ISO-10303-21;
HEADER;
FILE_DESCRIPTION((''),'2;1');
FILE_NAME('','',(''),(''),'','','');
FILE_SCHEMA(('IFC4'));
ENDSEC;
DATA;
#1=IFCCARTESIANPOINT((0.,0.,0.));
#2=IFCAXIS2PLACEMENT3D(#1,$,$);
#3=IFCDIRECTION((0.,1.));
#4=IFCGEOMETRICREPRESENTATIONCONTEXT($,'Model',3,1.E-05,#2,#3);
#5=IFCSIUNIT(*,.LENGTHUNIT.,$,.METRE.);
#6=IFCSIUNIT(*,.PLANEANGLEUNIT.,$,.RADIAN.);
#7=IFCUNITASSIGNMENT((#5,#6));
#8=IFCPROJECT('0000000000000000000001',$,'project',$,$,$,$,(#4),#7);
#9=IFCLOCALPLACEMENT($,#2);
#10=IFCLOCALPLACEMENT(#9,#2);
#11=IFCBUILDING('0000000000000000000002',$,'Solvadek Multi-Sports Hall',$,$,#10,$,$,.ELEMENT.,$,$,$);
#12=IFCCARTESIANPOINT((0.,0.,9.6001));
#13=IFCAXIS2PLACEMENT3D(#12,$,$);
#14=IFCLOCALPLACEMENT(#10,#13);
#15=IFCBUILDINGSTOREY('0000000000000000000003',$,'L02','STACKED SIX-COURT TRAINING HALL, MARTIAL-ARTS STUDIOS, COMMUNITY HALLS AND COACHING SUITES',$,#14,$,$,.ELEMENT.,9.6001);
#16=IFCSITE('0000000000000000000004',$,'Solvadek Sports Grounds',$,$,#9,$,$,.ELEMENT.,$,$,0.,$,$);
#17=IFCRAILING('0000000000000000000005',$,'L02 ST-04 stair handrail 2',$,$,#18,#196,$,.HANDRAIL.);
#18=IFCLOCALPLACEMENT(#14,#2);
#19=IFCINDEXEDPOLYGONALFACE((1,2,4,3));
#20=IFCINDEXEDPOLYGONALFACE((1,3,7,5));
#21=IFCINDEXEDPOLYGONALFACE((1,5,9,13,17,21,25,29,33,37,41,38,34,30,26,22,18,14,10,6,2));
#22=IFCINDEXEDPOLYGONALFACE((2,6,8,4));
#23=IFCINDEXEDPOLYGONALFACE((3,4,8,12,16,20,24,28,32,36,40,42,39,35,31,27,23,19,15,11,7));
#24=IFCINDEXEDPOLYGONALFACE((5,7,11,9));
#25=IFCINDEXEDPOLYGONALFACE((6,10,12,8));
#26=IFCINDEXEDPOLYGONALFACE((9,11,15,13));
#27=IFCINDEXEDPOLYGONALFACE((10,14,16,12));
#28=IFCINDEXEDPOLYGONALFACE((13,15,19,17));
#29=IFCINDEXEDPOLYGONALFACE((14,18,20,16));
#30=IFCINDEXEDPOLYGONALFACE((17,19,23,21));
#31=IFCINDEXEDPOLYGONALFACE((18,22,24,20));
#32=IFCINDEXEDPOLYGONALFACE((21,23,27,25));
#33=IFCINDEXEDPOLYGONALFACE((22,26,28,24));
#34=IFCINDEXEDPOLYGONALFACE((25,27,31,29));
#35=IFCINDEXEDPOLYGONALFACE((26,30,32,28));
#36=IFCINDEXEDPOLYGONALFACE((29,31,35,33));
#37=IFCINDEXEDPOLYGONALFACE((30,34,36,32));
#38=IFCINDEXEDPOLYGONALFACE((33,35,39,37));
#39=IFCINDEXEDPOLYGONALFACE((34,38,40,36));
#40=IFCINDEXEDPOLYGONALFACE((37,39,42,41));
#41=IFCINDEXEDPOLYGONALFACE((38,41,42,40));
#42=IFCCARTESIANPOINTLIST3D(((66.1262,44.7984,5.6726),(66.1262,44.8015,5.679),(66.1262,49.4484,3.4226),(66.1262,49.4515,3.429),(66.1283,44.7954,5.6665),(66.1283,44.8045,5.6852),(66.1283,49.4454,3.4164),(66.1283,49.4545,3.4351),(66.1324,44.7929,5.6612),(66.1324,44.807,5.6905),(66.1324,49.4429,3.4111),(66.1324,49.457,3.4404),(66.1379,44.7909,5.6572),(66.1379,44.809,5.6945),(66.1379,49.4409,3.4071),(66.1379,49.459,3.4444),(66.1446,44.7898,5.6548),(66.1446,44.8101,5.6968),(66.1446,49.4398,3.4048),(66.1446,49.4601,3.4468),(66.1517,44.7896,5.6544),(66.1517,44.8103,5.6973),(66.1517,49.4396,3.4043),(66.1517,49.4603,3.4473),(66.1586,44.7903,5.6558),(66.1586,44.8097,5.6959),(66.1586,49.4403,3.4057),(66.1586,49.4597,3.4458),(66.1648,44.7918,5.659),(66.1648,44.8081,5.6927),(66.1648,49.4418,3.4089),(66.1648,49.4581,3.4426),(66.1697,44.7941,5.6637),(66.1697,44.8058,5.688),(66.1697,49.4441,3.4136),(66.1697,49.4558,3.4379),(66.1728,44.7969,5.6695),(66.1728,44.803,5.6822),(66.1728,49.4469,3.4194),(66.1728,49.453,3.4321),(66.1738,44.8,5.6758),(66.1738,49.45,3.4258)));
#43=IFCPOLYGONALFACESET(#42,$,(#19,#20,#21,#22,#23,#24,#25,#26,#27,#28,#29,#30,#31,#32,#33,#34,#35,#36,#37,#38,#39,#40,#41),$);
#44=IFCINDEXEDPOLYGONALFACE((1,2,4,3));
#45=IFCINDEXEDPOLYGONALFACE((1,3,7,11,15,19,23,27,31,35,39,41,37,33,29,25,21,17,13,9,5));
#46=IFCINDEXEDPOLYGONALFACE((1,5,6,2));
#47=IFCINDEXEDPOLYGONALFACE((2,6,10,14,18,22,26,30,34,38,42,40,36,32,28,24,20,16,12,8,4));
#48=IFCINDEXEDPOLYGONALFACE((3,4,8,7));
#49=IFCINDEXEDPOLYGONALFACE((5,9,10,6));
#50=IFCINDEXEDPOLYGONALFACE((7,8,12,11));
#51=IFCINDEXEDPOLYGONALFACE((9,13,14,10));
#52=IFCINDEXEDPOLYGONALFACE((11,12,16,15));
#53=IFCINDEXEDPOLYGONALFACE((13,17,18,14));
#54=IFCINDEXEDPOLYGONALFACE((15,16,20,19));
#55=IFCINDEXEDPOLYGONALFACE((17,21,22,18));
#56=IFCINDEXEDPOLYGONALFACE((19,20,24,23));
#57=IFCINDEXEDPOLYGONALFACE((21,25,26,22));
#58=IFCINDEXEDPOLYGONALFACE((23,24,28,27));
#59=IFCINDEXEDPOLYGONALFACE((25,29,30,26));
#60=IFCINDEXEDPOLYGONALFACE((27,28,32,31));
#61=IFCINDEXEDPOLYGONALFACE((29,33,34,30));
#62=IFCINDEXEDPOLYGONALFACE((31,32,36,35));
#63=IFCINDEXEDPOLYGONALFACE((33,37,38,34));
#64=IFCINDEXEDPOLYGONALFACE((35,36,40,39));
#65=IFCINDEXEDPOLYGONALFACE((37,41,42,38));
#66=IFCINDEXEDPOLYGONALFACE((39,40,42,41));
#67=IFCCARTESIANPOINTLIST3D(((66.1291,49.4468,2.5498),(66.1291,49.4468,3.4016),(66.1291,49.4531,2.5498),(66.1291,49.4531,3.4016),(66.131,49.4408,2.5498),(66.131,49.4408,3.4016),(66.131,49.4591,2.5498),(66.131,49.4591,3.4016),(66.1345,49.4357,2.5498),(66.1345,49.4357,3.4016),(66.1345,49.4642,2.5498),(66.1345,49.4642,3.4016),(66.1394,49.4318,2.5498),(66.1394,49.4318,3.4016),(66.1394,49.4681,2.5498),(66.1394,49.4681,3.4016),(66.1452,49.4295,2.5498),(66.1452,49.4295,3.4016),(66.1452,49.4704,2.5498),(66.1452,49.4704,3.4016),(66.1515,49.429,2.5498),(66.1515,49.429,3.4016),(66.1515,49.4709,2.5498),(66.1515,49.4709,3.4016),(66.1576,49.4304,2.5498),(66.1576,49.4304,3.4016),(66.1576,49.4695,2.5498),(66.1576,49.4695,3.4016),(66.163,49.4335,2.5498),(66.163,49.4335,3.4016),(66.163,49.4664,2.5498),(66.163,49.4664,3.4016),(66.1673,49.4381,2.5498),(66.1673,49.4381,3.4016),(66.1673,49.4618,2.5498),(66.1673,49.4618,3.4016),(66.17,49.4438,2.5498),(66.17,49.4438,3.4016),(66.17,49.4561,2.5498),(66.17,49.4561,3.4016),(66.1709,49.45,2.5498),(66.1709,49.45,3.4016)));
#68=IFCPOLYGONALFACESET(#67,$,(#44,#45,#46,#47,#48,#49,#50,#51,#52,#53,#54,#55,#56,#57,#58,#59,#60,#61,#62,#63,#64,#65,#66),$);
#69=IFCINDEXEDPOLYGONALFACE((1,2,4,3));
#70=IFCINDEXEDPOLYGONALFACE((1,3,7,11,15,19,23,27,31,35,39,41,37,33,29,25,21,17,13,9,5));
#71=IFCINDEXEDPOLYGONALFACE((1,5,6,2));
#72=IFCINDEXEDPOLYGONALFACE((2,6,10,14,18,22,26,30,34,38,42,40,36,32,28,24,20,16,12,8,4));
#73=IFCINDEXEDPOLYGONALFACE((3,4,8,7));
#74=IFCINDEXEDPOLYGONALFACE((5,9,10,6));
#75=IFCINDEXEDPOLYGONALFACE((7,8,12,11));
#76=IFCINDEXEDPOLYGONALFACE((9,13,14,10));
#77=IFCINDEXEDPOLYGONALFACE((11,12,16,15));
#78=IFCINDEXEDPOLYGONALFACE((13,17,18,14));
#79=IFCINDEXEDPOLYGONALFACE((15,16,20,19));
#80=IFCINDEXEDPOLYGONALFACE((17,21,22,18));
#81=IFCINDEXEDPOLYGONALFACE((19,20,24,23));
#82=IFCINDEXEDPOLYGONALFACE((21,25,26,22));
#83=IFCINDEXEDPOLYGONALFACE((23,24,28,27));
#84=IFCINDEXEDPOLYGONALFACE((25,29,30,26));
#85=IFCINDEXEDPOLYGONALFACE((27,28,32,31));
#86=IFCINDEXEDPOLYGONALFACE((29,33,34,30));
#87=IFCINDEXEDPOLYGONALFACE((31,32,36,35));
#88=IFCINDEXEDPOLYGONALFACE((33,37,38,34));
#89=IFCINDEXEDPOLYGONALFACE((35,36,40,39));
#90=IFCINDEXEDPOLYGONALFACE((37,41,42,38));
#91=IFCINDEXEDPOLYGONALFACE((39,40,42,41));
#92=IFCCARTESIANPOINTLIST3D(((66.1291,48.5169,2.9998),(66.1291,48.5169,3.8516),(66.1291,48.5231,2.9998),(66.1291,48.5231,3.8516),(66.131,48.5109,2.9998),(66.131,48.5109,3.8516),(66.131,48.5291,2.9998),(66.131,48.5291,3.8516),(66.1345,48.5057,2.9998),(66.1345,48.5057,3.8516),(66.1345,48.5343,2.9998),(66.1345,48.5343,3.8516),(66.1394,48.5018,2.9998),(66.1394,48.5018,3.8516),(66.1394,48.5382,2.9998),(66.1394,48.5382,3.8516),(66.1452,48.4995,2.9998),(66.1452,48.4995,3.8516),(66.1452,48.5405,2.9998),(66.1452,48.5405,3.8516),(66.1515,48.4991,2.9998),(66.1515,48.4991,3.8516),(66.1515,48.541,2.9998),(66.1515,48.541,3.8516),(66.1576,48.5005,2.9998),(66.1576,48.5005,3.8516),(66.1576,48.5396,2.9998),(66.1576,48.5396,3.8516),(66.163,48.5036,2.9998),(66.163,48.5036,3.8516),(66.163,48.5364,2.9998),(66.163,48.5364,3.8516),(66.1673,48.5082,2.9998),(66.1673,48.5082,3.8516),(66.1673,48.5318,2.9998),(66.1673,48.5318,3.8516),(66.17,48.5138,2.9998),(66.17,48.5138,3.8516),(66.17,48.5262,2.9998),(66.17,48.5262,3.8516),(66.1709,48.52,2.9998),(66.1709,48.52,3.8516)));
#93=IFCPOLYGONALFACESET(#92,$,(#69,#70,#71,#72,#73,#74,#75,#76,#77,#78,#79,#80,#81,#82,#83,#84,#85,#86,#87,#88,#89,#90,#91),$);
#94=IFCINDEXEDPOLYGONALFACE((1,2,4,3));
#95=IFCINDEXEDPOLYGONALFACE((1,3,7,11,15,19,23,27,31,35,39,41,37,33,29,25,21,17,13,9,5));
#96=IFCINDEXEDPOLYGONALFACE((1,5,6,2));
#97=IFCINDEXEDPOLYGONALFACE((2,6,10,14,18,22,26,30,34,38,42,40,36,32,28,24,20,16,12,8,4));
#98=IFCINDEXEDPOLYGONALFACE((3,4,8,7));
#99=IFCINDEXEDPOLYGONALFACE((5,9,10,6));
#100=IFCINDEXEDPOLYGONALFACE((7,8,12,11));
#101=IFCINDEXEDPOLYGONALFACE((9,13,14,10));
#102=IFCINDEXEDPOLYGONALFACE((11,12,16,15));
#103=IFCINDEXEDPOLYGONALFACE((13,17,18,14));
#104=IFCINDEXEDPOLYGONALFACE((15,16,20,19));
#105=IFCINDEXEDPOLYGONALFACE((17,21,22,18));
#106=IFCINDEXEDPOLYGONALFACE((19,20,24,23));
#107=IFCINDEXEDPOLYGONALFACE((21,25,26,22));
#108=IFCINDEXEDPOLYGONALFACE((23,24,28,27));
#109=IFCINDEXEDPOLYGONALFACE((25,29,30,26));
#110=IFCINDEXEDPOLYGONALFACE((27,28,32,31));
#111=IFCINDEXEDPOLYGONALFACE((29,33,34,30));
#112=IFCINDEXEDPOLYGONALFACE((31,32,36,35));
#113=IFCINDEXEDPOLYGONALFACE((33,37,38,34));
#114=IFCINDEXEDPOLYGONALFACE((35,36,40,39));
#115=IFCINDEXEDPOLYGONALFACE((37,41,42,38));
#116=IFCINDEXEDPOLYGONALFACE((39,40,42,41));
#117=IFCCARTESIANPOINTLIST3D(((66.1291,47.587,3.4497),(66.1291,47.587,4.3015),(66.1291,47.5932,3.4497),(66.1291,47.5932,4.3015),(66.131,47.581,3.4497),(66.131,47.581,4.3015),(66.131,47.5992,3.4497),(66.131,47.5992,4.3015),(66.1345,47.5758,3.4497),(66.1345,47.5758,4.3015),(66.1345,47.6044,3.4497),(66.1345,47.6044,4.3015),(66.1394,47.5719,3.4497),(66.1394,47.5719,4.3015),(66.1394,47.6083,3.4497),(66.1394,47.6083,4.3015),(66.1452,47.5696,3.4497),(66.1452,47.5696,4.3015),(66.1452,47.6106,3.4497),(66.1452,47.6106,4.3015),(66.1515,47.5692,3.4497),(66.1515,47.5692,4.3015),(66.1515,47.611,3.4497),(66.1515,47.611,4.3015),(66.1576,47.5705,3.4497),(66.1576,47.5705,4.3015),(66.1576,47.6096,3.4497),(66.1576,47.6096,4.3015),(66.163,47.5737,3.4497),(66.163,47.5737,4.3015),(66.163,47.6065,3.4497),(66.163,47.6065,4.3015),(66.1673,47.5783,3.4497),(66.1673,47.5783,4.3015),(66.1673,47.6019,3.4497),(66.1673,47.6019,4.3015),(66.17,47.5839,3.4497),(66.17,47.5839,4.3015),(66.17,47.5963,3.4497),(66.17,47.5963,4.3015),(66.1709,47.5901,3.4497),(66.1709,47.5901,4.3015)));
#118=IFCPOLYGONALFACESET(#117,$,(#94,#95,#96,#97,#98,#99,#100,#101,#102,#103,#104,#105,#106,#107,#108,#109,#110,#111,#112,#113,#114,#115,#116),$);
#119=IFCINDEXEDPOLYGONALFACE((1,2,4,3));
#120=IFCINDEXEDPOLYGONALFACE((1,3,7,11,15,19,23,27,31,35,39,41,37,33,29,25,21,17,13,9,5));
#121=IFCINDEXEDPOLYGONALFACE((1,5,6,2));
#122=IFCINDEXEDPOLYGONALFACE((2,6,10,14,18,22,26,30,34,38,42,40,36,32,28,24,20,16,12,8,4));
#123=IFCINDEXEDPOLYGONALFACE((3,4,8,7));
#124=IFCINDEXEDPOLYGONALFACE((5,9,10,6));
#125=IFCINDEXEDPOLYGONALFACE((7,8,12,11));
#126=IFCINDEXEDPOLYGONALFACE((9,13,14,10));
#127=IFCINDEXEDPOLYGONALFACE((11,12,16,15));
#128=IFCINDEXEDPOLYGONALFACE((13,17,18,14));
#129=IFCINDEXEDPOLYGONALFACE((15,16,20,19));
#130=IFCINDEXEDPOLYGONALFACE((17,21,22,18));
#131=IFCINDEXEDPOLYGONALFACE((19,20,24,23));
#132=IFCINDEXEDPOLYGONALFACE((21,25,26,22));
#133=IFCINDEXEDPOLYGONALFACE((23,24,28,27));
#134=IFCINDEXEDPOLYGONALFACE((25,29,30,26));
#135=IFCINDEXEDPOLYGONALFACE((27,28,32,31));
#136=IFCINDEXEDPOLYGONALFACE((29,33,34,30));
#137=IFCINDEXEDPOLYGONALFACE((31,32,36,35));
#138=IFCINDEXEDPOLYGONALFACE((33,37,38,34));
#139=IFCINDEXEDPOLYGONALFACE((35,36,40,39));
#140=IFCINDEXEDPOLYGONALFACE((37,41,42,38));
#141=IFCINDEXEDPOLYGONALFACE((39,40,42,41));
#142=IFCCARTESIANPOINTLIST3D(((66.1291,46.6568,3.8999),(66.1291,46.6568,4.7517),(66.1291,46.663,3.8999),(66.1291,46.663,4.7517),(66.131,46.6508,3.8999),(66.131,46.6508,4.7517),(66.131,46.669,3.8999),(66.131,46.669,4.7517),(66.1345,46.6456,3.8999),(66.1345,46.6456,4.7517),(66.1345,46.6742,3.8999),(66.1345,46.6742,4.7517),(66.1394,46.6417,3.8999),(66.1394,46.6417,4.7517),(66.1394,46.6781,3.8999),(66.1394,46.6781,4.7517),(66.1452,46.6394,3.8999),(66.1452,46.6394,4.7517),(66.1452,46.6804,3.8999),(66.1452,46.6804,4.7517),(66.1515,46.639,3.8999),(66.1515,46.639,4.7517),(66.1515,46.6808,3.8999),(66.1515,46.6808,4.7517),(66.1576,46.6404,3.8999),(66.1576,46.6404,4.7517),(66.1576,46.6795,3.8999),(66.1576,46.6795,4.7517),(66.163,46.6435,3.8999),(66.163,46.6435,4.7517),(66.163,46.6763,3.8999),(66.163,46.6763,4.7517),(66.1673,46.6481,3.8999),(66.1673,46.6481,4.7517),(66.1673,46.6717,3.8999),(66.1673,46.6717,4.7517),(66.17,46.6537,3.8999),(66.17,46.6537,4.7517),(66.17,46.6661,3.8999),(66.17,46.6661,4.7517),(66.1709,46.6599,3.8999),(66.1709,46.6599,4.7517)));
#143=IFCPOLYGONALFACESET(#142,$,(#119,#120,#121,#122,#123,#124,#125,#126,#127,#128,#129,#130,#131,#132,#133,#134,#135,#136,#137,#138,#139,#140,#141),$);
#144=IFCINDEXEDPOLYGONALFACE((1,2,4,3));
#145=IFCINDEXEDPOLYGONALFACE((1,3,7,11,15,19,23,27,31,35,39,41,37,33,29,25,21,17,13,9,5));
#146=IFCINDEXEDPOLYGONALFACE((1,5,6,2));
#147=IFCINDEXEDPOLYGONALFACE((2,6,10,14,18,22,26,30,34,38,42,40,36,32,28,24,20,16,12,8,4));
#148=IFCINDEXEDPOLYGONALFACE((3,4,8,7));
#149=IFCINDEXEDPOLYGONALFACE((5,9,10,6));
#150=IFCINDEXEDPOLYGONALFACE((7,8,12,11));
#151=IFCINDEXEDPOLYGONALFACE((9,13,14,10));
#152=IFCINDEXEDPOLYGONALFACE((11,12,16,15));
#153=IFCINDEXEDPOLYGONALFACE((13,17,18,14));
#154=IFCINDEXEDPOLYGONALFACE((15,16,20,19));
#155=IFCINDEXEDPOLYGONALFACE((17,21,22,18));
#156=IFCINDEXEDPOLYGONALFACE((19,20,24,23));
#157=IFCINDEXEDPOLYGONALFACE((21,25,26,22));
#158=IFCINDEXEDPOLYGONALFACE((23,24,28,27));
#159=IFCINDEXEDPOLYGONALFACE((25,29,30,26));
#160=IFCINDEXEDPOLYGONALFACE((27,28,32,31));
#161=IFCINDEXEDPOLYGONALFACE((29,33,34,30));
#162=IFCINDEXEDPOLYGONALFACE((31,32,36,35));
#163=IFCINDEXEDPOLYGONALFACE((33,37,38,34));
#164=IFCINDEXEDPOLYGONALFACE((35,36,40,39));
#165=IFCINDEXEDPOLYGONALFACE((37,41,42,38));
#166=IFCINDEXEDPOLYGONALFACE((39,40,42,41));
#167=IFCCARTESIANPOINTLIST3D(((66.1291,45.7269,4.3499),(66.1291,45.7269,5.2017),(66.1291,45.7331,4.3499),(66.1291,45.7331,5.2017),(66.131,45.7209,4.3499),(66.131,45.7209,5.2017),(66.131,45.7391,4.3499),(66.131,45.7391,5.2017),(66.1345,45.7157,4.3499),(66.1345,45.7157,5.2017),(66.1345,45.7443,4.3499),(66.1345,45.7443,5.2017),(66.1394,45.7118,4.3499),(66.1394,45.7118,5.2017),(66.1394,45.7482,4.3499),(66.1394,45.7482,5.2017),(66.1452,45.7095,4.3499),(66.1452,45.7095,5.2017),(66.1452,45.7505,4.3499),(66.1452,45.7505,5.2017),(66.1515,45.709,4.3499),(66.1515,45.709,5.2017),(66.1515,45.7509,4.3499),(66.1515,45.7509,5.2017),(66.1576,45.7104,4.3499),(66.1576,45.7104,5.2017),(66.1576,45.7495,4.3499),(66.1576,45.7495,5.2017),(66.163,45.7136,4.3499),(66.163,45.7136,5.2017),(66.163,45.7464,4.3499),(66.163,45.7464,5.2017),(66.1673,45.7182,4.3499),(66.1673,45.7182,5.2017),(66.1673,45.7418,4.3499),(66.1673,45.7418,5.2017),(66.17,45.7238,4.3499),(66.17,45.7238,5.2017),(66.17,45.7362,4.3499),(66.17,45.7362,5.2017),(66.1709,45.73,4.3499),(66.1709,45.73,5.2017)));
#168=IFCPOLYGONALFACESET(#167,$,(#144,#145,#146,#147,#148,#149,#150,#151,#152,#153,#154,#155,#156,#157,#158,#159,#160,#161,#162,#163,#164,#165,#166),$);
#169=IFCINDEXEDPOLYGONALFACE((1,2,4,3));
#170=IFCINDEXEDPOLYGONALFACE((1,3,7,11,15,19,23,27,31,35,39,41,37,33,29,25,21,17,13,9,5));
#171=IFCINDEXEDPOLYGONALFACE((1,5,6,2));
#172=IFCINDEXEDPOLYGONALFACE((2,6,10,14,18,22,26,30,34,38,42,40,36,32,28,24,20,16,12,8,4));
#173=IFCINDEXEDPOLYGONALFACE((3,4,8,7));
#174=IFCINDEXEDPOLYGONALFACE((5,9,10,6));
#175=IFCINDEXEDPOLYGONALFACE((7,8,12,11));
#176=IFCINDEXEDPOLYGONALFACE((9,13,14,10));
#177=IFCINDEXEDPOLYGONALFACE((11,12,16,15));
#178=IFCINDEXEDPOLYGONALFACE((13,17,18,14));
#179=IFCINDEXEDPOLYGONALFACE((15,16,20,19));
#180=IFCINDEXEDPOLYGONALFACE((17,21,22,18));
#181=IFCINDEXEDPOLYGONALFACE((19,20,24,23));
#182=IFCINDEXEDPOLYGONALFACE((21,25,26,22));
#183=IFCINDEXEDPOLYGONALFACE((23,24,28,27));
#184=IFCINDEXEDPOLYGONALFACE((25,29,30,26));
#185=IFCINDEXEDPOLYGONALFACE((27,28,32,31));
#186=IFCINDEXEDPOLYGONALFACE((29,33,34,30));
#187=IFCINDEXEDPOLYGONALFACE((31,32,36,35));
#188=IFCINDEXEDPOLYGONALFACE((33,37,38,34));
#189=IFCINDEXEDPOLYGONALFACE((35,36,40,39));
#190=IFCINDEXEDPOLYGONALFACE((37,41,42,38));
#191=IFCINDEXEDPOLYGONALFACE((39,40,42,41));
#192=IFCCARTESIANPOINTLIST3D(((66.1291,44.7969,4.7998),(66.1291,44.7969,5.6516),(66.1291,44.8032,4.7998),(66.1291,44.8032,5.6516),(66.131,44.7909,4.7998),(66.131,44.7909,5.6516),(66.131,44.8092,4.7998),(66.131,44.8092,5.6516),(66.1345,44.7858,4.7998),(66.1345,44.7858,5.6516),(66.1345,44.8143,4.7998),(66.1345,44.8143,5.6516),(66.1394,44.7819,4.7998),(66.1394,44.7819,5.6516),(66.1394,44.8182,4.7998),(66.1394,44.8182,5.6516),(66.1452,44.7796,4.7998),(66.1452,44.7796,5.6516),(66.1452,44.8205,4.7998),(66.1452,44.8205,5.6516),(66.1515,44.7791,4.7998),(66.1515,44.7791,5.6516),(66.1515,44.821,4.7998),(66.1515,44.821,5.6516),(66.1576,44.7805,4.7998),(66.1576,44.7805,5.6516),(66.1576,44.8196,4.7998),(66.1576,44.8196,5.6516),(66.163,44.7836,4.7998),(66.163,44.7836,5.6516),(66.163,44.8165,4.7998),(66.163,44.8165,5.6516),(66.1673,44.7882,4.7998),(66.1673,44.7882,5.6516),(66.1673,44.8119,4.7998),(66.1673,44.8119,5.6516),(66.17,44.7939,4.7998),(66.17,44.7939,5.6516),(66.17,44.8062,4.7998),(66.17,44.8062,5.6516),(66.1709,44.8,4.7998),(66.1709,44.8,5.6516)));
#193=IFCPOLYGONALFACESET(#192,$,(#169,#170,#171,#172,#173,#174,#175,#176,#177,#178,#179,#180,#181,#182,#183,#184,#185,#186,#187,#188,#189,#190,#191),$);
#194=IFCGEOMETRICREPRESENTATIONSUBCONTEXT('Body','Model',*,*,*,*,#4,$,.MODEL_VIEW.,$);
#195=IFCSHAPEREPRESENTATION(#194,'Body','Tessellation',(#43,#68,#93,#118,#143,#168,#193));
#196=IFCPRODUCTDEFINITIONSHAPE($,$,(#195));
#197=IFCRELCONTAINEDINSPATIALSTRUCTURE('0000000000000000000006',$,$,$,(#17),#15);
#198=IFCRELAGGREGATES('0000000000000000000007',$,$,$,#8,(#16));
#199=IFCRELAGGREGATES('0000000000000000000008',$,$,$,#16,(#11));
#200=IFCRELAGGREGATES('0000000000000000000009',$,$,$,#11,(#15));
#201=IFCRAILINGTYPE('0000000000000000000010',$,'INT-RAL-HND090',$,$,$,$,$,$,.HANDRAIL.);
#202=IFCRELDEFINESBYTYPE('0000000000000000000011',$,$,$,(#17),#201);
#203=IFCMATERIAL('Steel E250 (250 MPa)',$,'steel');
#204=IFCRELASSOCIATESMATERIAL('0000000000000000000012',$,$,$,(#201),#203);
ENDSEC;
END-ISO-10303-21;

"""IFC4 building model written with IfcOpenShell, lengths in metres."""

from ifc_helpers import new_model, si_unit, direction, frame, origin, origin_2d, place, context, subcontext, project, spatial, circle, extrude, material, type_object, element, save


model = new_model("IFC4")

# Units and contexts
model_context = context("Model", 3, precision=1e-05, world=origin(), true_north=direction((0.0, 1.0)))
body_context = subcontext(model_context, "Body", "Model", "MODEL_VIEW")
ifc_project = project(units=[si_unit("LENGTHUNIT", "METRE"), si_unit("PLANEANGLEUNIT", "RADIAN")], contexts=[model_context])

# Site, building, storey
site_placement = place(None, origin())
site = spatial("IfcSite", under=ifc_project, at=site_placement, Name="Solvadek Sports Grounds", CompositionType="ELEMENT", RefElevation=0.0)
building_placement = place(site_placement, origin())
building = spatial("IfcBuilding", under=site, at=building_placement, Name="Solvadek Multi-Sports Hall", CompositionType="ELEMENT")
storey_placement = place(building_placement, frame((0.0, 0.0, 9.6001)))
storey = spatial("IfcBuildingStorey", under=building, at=storey_placement, Name="L02", Description="STACKED SIX-COURT TRAINING HALL, MARTIAL-ARTS STUDIOS, COMMUNITY HALLS AND COACHING SUITES", CompositionType="ELEMENT", Elevation=9.6001)

# Shared definitions
ifc_material_1 = material(Name="Steel E250 (250 MPa)", Category="steel")

# Railing
railing_type_1 = type_object("IfcRailingType", Name="INT-RAL-HND090", PredefinedType="HANDRAIL", material=ifc_material_1)
railing_1_placement = place(storey_placement, frame((66.1499, 49.45, 2.5498)))
element("IfcRailing", 1, at=railing_1_placement, inside=storey, type_object=railing_type_1, Name="L02 ST-04 stair handrail 2", PredefinedType="HANDRAIL", context=body_context, shape_type="SweptSolid", body=[
    extrude(circle(Radius=0.0239, at=origin_2d()), frame((0.0, 0.0, 0.876), z_axis=(0.0, -0.900156, 0.435568), x_axis=(1.0, 0.0, 0.0)), (0.0, 0.0, 1.0), 5.1658),
    extrude(circle(Radius=0.021, at=origin_2d()), origin(), (0.0, 0.0, 1.0), 0.8518),
    extrude(circle(Radius=0.021, at=origin_2d()), frame((0.0, -0.9299, 0.45)), (0.0, 0.0, 1.0), 0.8518),
    extrude(circle(Radius=0.021, at=origin_2d()), frame((0.0, -1.8599, 0.8999)), (0.0, 0.0, 1.0), 0.8518),
    extrude(circle(Radius=0.021, at=origin_2d()), frame((0.0, -2.79, 1.3501)), (0.0, 0.0, 1.0), 0.8518),
    extrude(circle(Radius=0.021, at=origin_2d()), frame((0.0, -3.72, 1.8)), (0.0, 0.0, 1.0), 0.8518),
    extrude(circle(Radius=0.021, at=origin_2d()), frame((0.0, -4.6499, 2.25)), (0.0, 0.0, 1.0), 0.8518),
])

save(model, "model.ifc")
